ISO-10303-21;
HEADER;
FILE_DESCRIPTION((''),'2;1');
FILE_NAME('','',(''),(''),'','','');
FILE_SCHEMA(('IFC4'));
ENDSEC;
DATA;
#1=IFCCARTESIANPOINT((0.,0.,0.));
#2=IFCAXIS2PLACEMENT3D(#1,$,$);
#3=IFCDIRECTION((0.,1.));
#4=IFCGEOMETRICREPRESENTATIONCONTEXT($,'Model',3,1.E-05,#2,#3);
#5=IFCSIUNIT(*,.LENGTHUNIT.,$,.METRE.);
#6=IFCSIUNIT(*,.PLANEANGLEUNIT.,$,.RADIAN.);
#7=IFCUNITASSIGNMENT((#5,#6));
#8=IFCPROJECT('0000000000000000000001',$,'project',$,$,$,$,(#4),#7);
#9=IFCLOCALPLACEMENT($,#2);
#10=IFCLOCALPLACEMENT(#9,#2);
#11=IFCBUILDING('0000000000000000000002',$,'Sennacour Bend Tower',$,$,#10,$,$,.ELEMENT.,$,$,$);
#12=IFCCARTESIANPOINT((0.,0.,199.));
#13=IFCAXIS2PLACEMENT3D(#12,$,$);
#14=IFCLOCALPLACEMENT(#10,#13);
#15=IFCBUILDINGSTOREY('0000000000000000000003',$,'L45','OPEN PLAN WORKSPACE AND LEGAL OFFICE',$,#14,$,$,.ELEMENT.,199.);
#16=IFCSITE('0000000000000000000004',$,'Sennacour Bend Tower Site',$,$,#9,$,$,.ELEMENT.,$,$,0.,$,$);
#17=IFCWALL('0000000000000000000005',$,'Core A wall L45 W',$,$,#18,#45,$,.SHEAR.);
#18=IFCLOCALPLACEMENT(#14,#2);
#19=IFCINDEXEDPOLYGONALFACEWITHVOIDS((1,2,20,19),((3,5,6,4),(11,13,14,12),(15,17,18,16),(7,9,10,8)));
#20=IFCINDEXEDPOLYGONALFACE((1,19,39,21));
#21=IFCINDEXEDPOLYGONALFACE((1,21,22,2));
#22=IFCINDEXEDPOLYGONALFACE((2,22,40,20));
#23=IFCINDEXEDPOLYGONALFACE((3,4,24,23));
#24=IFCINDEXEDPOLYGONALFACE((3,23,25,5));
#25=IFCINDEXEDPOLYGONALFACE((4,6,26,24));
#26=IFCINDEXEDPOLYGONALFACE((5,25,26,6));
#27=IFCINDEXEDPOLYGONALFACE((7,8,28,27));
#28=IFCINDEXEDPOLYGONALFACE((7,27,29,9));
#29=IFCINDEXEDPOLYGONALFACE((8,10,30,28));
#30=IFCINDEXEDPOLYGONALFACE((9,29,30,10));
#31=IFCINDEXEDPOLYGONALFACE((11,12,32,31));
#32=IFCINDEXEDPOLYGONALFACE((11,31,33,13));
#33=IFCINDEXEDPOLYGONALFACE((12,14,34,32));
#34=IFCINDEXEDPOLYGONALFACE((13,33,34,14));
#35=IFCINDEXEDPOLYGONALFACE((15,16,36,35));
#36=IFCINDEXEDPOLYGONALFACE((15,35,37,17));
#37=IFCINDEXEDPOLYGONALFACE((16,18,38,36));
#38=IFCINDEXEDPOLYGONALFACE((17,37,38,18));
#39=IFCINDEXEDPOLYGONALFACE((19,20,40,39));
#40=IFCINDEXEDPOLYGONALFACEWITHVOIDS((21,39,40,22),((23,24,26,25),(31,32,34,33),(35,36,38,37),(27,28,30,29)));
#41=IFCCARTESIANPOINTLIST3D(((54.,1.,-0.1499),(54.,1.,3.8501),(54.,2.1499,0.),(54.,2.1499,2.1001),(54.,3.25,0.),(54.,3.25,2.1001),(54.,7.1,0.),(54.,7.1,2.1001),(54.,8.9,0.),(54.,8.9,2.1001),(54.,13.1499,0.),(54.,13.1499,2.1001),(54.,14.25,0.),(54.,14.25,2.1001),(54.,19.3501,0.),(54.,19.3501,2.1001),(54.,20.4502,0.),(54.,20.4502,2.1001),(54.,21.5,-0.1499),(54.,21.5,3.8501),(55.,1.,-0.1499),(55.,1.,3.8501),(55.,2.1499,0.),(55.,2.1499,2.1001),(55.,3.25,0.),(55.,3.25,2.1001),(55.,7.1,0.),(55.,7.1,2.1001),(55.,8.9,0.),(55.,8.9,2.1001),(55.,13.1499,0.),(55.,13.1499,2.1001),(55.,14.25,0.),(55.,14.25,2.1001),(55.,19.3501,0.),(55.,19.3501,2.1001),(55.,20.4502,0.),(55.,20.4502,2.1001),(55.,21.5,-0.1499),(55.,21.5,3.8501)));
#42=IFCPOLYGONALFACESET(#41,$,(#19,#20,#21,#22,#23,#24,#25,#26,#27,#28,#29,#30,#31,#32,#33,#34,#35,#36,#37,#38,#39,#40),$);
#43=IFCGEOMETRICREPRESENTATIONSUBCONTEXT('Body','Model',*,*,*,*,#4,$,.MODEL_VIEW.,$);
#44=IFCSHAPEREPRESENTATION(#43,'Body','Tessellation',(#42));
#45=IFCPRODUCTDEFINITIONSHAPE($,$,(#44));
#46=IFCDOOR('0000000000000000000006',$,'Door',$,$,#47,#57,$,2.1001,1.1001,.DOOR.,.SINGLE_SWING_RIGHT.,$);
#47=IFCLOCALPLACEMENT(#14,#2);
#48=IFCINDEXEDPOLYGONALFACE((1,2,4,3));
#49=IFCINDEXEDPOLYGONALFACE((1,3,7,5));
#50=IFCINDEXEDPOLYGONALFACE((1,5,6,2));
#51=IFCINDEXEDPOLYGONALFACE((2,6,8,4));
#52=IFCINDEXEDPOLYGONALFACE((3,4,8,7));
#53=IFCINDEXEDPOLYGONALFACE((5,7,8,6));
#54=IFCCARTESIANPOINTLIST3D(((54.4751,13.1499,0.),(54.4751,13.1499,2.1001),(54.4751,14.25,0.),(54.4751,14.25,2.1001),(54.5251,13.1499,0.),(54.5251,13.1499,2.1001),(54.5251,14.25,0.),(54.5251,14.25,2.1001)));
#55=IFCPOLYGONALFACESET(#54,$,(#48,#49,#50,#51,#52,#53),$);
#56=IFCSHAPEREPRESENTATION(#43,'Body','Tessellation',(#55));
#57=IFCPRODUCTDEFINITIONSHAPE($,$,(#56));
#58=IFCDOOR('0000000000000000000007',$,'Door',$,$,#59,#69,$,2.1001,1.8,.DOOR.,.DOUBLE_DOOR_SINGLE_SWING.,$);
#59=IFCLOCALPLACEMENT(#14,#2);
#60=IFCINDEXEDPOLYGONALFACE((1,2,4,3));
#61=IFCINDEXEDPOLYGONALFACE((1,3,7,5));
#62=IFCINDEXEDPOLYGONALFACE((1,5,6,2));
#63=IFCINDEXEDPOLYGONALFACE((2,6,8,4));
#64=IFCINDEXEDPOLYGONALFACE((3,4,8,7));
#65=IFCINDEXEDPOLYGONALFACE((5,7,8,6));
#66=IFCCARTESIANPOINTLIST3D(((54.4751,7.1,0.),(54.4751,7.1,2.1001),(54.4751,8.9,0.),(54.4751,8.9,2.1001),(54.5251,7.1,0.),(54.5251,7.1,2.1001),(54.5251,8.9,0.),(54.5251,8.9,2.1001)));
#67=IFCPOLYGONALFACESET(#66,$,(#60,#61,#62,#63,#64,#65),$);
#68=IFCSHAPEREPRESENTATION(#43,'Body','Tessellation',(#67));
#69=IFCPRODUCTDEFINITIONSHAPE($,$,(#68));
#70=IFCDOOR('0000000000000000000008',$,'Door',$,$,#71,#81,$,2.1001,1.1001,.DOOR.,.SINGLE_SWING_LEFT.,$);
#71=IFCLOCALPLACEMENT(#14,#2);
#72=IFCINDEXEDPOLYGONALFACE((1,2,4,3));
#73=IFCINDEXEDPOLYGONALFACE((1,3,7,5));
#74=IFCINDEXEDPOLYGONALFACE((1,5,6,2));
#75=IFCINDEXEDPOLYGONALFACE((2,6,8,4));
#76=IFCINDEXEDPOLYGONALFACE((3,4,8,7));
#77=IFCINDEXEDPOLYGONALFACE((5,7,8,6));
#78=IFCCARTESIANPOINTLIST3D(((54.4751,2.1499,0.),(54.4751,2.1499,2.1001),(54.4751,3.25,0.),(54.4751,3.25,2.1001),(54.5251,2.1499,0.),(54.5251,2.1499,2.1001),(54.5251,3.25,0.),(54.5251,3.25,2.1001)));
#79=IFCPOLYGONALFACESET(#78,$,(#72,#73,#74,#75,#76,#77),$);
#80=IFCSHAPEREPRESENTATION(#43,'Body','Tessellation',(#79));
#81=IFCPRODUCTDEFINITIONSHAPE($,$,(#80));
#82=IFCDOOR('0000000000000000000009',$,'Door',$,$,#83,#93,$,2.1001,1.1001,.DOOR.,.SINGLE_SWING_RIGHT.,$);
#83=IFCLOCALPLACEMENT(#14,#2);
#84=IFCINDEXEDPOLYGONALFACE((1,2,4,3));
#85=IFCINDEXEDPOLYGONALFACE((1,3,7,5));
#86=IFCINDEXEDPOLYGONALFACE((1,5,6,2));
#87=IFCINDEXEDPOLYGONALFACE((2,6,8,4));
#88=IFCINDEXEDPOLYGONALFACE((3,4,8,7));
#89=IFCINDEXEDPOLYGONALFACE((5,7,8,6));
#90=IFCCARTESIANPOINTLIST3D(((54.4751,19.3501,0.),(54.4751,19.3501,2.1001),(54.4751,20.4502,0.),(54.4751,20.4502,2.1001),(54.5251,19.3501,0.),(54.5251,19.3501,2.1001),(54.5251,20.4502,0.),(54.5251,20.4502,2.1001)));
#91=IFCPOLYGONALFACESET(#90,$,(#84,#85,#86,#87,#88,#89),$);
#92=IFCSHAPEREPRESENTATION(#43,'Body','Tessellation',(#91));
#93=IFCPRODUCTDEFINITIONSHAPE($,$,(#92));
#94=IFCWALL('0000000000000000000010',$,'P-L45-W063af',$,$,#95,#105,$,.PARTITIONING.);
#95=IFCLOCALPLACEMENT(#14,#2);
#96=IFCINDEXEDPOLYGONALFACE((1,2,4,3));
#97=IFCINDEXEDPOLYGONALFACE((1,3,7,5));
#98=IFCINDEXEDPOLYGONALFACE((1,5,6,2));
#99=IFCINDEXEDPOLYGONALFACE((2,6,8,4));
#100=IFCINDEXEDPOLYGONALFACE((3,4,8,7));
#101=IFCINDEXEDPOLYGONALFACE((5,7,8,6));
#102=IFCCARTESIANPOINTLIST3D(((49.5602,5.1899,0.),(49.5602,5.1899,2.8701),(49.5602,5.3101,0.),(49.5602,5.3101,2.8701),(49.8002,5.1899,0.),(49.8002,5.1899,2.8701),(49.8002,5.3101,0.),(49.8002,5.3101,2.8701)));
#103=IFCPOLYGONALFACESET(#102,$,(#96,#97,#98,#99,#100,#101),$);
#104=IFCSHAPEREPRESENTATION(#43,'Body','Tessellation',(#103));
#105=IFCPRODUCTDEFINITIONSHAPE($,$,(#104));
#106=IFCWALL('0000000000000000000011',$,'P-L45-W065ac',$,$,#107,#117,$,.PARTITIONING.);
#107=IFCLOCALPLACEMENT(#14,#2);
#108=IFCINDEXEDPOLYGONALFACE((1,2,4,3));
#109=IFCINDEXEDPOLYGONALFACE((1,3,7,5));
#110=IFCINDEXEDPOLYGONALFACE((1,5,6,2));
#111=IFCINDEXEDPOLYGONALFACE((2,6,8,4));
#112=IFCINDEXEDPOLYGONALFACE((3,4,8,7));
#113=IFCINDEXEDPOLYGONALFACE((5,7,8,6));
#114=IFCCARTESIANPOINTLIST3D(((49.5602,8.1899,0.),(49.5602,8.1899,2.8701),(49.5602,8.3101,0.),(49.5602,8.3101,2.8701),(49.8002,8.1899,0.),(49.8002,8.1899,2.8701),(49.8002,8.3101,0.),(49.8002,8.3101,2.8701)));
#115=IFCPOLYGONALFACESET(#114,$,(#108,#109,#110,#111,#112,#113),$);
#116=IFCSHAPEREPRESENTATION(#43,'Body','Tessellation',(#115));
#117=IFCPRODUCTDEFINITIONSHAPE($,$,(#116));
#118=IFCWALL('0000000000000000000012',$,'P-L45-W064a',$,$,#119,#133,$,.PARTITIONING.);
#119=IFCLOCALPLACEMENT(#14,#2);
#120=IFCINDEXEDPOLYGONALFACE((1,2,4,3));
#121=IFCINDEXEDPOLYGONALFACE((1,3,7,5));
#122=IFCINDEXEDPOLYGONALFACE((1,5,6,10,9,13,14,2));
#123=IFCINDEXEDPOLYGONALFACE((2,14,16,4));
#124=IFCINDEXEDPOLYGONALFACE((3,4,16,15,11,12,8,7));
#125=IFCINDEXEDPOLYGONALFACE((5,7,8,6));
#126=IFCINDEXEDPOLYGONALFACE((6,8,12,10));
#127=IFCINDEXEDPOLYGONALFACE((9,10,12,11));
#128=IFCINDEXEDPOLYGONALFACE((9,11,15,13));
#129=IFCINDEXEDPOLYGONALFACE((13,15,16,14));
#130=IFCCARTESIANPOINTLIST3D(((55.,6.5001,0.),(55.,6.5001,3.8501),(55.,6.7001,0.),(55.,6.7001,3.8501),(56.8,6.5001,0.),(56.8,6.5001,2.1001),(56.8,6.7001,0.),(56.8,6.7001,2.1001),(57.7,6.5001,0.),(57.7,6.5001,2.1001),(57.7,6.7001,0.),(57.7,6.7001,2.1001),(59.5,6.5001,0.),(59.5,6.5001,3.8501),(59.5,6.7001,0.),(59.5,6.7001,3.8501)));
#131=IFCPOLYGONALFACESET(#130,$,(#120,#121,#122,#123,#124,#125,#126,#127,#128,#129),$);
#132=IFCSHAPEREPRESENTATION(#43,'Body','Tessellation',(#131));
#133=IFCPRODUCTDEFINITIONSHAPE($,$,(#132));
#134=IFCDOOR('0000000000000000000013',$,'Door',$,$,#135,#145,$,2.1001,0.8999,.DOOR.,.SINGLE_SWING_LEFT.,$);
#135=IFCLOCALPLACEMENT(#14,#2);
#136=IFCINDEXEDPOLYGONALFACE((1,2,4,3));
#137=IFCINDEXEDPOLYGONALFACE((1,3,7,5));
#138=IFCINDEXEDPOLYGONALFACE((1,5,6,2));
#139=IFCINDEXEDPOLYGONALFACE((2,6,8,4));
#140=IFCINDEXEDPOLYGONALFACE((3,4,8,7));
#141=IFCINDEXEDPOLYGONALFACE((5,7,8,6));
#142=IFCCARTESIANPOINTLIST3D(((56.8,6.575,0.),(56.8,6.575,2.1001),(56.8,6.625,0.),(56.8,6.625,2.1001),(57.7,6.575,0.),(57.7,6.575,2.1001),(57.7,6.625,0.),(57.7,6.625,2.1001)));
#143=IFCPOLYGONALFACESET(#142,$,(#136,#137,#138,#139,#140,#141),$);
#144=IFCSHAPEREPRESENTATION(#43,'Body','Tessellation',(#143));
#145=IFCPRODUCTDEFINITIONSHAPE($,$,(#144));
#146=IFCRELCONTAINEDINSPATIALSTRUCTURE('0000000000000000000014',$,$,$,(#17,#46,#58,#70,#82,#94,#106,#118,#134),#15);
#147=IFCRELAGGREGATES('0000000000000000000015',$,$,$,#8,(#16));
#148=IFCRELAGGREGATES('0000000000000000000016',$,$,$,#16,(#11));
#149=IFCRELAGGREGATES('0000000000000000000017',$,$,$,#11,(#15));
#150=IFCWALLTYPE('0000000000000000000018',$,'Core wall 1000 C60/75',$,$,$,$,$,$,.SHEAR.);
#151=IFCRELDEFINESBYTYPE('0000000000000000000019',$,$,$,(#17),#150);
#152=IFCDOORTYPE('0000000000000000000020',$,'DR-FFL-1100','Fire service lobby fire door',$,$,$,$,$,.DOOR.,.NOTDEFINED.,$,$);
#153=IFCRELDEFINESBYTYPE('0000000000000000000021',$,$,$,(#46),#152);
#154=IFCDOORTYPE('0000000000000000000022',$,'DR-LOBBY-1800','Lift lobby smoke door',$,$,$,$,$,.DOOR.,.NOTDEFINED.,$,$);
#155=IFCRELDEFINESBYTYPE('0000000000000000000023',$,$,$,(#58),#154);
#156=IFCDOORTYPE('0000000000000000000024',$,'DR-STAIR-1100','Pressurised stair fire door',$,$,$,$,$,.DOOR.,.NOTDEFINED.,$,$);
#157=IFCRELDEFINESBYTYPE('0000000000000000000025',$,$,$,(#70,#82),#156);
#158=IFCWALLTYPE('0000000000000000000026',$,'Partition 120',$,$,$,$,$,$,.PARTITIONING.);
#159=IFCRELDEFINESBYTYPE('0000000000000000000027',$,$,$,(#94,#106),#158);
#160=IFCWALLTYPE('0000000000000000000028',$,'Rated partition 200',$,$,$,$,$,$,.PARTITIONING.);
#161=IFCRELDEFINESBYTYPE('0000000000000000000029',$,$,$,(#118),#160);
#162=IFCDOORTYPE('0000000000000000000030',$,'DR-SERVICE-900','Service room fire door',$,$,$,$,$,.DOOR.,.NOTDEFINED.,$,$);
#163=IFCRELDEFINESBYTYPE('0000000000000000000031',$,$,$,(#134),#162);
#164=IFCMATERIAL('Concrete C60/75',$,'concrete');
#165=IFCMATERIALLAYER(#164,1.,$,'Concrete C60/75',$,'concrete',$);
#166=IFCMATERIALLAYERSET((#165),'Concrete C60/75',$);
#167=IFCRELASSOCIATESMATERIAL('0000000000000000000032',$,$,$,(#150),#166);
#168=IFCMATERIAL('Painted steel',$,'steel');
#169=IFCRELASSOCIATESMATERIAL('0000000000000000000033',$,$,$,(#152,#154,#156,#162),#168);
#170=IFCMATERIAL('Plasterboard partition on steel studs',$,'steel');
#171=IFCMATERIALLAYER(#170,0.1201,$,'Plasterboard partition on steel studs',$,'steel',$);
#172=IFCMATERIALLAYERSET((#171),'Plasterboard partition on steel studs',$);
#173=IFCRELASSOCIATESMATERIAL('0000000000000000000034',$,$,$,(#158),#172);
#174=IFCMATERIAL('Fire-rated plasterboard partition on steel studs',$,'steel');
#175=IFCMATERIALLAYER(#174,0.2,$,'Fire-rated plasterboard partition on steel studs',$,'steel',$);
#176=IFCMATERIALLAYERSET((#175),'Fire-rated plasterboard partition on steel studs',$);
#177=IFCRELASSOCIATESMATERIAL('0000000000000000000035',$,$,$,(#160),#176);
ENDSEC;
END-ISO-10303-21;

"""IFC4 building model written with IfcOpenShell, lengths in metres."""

from ifc_helpers import new_model, si_unit, direction, frame, frame_2d, origin, place, context, subcontext, project, spatial, rectangle, extrude, material, layer, layer_set, type_object, element, fill, save


model = new_model("IFC4")

# Units and contexts
model_context = context("Model", 3, precision=1e-05, world=origin(), true_north=direction((0.0, 1.0)))
body_context = subcontext(model_context, "Body", "Model", "MODEL_VIEW")
ifc_project = project(units=[si_unit("LENGTHUNIT", "METRE"), si_unit("PLANEANGLEUNIT", "RADIAN")], contexts=[model_context])

# Site, building, storey
site_placement = place(None, origin())
site = spatial("IfcSite", under=ifc_project, at=site_placement, Name="Sennacour Bend Tower Site", CompositionType="ELEMENT", RefElevation=0.0)
building_placement = place(site_placement, origin())
building = spatial("IfcBuilding", under=site, at=building_placement, Name="Sennacour Bend Tower", CompositionType="ELEMENT")
storey_placement = place(building_placement, frame((0.0, 0.0, 199.0)))
storey = spatial("IfcBuildingStorey", under=building, at=storey_placement, Name="L45", Description="OPEN PLAN WORKSPACE AND LEGAL OFFICE", CompositionType="ELEMENT", Elevation=199.0)

# Wall, openings, doors
ifc_material_1 = material(Name="Concrete C60/75", Category="concrete")
ifc_layer_1 = layer(ifc_material_1, 1.0, Name="Concrete C60/75", Category="concrete")
ifc_layer_set_1 = layer_set([ifc_layer_1], Name="Concrete C60/75")
wall_type_1 = type_object("IfcWallType", Name="Core wall 1000 C60/75", PredefinedType="SHEAR", material=ifc_layer_set_1)
wall_1_placement = place(storey_placement, frame((54.5, 1.0, -0.1499), z_axis=(0.0, 0.0, 1.0), x_axis=(0.0, 1.0, 0.0)))
wall_1 = element("IfcWall", 1, at=wall_1_placement, inside=storey, type_object=wall_type_1, Name="Core A wall L45 W", PredefinedType="SHEAR", context=body_context, shape_type="SweptSolid", body=[
    extrude(rectangle(XDim=20.5, YDim=1.0, at=frame_2d((10.25, 0.0))), origin(), (0.0, 0.0, 1.0), 4.0),
])
opening_1_placement = place(wall_1_placement, frame((6.1001, 0.0, 0.1499)))
opening_1 = element("IfcOpeningElement", 2, at=opening_1_placement, cuts=wall_1, PredefinedType="OPENING", context=body_context, shape_type="SweptSolid", body=[
    extrude(rectangle(XDim=1.8, YDim=2.1001, at=frame_2d((0.8999, 1.05))), frame((0.0, 0.51, 0.0), z_axis=(0.0, -1.0, 0.0), x_axis=(1.0, 0.0, 0.0)), (0.0, 0.0, 1.0), 1.02),
])
opening_2_placement = place(wall_1_placement, frame((12.1499, 0.0, 0.1499)))
opening_2 = element("IfcOpeningElement", 3, at=opening_2_placement, cuts=wall_1, PredefinedType="OPENING", context=body_context, shape_type="SweptSolid", body=[
    extrude(rectangle(XDim=1.1001, YDim=2.1001, at=frame_2d((0.55, 1.05))), frame((0.0, 0.51, 0.0), z_axis=(0.0, -1.0, 0.0), x_axis=(1.0, 0.0, 0.0)), (0.0, 0.0, 1.0), 1.02),
])
opening_3_placement = place(wall_1_placement, frame((1.1499, 0.0, 0.1499)))
opening_3 = element("IfcOpeningElement", 4, at=opening_3_placement, cuts=wall_1, PredefinedType="OPENING", context=body_context, shape_type="SweptSolid", body=[
    extrude(rectangle(XDim=1.1001, YDim=2.1001, at=frame_2d((0.55, 1.05))), frame((0.0, 0.51, 0.0), z_axis=(0.0, -1.0, 0.0), x_axis=(1.0, 0.0, 0.0)), (0.0, 0.0, 1.0), 1.02),
])
opening_4_placement = place(wall_1_placement, frame((18.3501, 0.0, 0.1499)))
opening_4 = element("IfcOpeningElement", 5, at=opening_4_placement, cuts=wall_1, PredefinedType="OPENING", context=body_context, shape_type="SweptSolid", body=[
    extrude(rectangle(XDim=1.1001, YDim=2.1001, at=frame_2d((0.55, 1.05))), frame((0.0, 0.51, 0.0), z_axis=(0.0, -1.0, 0.0), x_axis=(1.0, 0.0, 0.0)), (0.0, 0.0, 1.0), 1.02),
])
ifc_material_2 = material(Name="Painted steel", Category="steel")
door_type_1 = type_object("IfcDoorType", Name="DR-FFL-1100", Description="Fire service lobby fire door", OperationType="NOTDEFINED", PredefinedType="DOOR", material=ifc_material_2)
door_1_placement = place(opening_2_placement, origin())
door_1 = element("IfcDoor", 6, at=door_1_placement, inside=storey, type_object=door_type_1, Name="Door", OperationType="SINGLE_SWING_RIGHT", OverallHeight=2.1001, OverallWidth=1.1001, PredefinedType="DOOR", context=body_context, shape_type="SweptSolid", body=[
    extrude(rectangle(XDim=1.1001, YDim=2.1001, at=frame_2d((0.55, 1.05))), frame((0.0, 0.0249, 0.0), z_axis=(0.0, -1.0, 0.0), x_axis=(1.0, 0.0, 0.0)), (0.0, 0.0, 1.0), 0.05),
])
fill(opening_2, door_1)
door_type_2 = type_object("IfcDoorType", Name="DR-LOBBY-1800", Description="Lift lobby smoke door", OperationType="NOTDEFINED", PredefinedType="DOOR", material=ifc_material_2)
door_2_placement = place(opening_1_placement, origin())
door_2 = element("IfcDoor", 7, at=door_2_placement, inside=storey, type_object=door_type_2, Name="Door", OperationType="DOUBLE_DOOR_SINGLE_SWING", OverallHeight=2.1001, OverallWidth=1.8, PredefinedType="DOOR", context=body_context, shape_type="SweptSolid", body=[
    extrude(rectangle(XDim=1.8, YDim=2.1001, at=frame_2d((0.8999, 1.05))), frame((0.0, 0.0249, 0.0), z_axis=(0.0, -1.0, 0.0), x_axis=(1.0, 0.0, 0.0)), (0.0, 0.0, 1.0), 0.05),
])
fill(opening_1, door_2)
door_type_3 = type_object("IfcDoorType", Name="DR-STAIR-1100", Description="Pressurised stair fire door", OperationType="NOTDEFINED", PredefinedType="DOOR", material=ifc_material_2)
door_3_placement = place(opening_3_placement, origin())
door_3 = element("IfcDoor", 8, at=door_3_placement, inside=storey, type_object=door_type_3, Name="Door", OperationType="SINGLE_SWING_LEFT", OverallHeight=2.1001, OverallWidth=1.1001, PredefinedType="DOOR", context=body_context, shape_type="SweptSolid", body=[
    extrude(rectangle(XDim=1.1001, YDim=2.1001, at=frame_2d((0.55, 1.05))), frame((0.0, 0.0249, 0.0), z_axis=(0.0, -1.0, 0.0), x_axis=(1.0, 0.0, 0.0)), (0.0, 0.0, 1.0), 0.05),
])
fill(opening_3, door_3)
door_4_placement = place(opening_4_placement, origin())
door_4 = element("IfcDoor", 9, at=door_4_placement, inside=storey, type_object=door_type_3, Name="Door", OperationType="SINGLE_SWING_RIGHT", OverallHeight=2.1001, OverallWidth=1.1001, PredefinedType="DOOR", context=body_context, shape_type="SweptSolid", body=[
    extrude(rectangle(XDim=1.1001, YDim=2.1001, at=frame_2d((0.55, 1.05))), frame((0.0, 0.0249, 0.0), z_axis=(0.0, -1.0, 0.0), x_axis=(1.0, 0.0, 0.0)), (0.0, 0.0, 1.0), 0.05),
])
fill(opening_4, door_4)

# Walls
ifc_material_3 = material(Name="Plasterboard partition on steel studs", Category="steel")
ifc_layer_2 = layer(ifc_material_3, 0.1201, Name="Plasterboard partition on steel studs", Category="steel")
ifc_layer_set_2 = layer_set([ifc_layer_2], Name="Plasterboard partition on steel studs")
wall_type_2 = type_object("IfcWallType", Name="Partition 120", PredefinedType="PARTITIONING", material=ifc_layer_set_2)
for number, where, z_axis, x_axis, name in (
    (10, (49.5601, 5.25, 0.0), (0.0, 0.0, 1.0), (1.0, 0.0, 0.0), "P-L45-W063af"),
    (11, (49.5601, 8.25, 0.0), (0.0, 0.0, 1.0), (1.0, 0.0, 0.0), "P-L45-W065ac"),
):
    element("IfcWall", number, at=place(storey_placement, frame(where, z_axis=z_axis, x_axis=x_axis)), inside=storey, type_object=wall_type_2, Name=name, PredefinedType="PARTITIONING", context=body_context, shape_type="SweptSolid", body=[
        extrude(rectangle(XDim=0.24, YDim=0.1201, at=frame_2d((0.1201, 0.0))), origin(), (0.0, 0.0, 1.0), 2.8701),
    ])

# Wall, opening, door
ifc_material_4 = material(Name="Fire-rated plasterboard partition on steel studs", Category="steel")
ifc_layer_3 = layer(ifc_material_4, 0.2, Name="Fire-rated plasterboard partition on steel studs", Category="steel")
ifc_layer_set_3 = layer_set([ifc_layer_3], Name="Fire-rated plasterboard partition on steel studs")
wall_type_3 = type_object("IfcWallType", Name="Rated partition 200", PredefinedType="PARTITIONING", material=ifc_layer_set_3)
wall_2_placement = place(storey_placement, frame((55.0, 6.6001, 0.0), z_axis=(0.0, 0.0, 1.0), x_axis=(1.0, 0.0, 0.0)))
wall_2 = element("IfcWall", 12, at=wall_2_placement, inside=storey, type_object=wall_type_3, Name="P-L45-W064a", PredefinedType="PARTITIONING", context=body_context, shape_type="SweptSolid", body=[
    extrude(rectangle(XDim=4.5, YDim=0.2, at=frame_2d((2.25, 0.0))), origin(), (0.0, 0.0, 1.0), 3.8501),
])
opening_5_placement = place(wall_2_placement, frame((1.8, 0.0, 0.0)))
opening_5 = element("IfcOpeningElement", 13, at=opening_5_placement, cuts=wall_2, PredefinedType="OPENING", context=body_context, shape_type="SweptSolid", body=[
    extrude(rectangle(XDim=0.8999, YDim=2.1001, at=frame_2d((0.45, 1.05))), frame((0.0, 0.1099, 0.0), z_axis=(0.0, -1.0, 0.0), x_axis=(1.0, 0.0, 0.0)), (0.0, 0.0, 1.0), 0.22),
])
door_type_4 = type_object("IfcDoorType", Name="DR-SERVICE-900", Description="Service room fire door", OperationType="NOTDEFINED", PredefinedType="DOOR", material=ifc_material_2)
door_5_placement = place(opening_5_placement, origin())
door_5 = element("IfcDoor", 14, at=door_5_placement, inside=storey, type_object=door_type_4, Name="Door", OperationType="SINGLE_SWING_LEFT", OverallHeight=2.1001, OverallWidth=0.8999, PredefinedType="DOOR", context=body_context, shape_type="SweptSolid", body=[
    extrude(rectangle(XDim=0.8999, YDim=2.1001, at=frame_2d((0.45, 1.05))), frame((0.0, 0.0249, 0.0), z_axis=(0.0, -1.0, 0.0), x_axis=(1.0, 0.0, 0.0)), (0.0, 0.0, 1.0), 0.05),
])
fill(opening_5, door_5)

save(model, "model.ifc")
